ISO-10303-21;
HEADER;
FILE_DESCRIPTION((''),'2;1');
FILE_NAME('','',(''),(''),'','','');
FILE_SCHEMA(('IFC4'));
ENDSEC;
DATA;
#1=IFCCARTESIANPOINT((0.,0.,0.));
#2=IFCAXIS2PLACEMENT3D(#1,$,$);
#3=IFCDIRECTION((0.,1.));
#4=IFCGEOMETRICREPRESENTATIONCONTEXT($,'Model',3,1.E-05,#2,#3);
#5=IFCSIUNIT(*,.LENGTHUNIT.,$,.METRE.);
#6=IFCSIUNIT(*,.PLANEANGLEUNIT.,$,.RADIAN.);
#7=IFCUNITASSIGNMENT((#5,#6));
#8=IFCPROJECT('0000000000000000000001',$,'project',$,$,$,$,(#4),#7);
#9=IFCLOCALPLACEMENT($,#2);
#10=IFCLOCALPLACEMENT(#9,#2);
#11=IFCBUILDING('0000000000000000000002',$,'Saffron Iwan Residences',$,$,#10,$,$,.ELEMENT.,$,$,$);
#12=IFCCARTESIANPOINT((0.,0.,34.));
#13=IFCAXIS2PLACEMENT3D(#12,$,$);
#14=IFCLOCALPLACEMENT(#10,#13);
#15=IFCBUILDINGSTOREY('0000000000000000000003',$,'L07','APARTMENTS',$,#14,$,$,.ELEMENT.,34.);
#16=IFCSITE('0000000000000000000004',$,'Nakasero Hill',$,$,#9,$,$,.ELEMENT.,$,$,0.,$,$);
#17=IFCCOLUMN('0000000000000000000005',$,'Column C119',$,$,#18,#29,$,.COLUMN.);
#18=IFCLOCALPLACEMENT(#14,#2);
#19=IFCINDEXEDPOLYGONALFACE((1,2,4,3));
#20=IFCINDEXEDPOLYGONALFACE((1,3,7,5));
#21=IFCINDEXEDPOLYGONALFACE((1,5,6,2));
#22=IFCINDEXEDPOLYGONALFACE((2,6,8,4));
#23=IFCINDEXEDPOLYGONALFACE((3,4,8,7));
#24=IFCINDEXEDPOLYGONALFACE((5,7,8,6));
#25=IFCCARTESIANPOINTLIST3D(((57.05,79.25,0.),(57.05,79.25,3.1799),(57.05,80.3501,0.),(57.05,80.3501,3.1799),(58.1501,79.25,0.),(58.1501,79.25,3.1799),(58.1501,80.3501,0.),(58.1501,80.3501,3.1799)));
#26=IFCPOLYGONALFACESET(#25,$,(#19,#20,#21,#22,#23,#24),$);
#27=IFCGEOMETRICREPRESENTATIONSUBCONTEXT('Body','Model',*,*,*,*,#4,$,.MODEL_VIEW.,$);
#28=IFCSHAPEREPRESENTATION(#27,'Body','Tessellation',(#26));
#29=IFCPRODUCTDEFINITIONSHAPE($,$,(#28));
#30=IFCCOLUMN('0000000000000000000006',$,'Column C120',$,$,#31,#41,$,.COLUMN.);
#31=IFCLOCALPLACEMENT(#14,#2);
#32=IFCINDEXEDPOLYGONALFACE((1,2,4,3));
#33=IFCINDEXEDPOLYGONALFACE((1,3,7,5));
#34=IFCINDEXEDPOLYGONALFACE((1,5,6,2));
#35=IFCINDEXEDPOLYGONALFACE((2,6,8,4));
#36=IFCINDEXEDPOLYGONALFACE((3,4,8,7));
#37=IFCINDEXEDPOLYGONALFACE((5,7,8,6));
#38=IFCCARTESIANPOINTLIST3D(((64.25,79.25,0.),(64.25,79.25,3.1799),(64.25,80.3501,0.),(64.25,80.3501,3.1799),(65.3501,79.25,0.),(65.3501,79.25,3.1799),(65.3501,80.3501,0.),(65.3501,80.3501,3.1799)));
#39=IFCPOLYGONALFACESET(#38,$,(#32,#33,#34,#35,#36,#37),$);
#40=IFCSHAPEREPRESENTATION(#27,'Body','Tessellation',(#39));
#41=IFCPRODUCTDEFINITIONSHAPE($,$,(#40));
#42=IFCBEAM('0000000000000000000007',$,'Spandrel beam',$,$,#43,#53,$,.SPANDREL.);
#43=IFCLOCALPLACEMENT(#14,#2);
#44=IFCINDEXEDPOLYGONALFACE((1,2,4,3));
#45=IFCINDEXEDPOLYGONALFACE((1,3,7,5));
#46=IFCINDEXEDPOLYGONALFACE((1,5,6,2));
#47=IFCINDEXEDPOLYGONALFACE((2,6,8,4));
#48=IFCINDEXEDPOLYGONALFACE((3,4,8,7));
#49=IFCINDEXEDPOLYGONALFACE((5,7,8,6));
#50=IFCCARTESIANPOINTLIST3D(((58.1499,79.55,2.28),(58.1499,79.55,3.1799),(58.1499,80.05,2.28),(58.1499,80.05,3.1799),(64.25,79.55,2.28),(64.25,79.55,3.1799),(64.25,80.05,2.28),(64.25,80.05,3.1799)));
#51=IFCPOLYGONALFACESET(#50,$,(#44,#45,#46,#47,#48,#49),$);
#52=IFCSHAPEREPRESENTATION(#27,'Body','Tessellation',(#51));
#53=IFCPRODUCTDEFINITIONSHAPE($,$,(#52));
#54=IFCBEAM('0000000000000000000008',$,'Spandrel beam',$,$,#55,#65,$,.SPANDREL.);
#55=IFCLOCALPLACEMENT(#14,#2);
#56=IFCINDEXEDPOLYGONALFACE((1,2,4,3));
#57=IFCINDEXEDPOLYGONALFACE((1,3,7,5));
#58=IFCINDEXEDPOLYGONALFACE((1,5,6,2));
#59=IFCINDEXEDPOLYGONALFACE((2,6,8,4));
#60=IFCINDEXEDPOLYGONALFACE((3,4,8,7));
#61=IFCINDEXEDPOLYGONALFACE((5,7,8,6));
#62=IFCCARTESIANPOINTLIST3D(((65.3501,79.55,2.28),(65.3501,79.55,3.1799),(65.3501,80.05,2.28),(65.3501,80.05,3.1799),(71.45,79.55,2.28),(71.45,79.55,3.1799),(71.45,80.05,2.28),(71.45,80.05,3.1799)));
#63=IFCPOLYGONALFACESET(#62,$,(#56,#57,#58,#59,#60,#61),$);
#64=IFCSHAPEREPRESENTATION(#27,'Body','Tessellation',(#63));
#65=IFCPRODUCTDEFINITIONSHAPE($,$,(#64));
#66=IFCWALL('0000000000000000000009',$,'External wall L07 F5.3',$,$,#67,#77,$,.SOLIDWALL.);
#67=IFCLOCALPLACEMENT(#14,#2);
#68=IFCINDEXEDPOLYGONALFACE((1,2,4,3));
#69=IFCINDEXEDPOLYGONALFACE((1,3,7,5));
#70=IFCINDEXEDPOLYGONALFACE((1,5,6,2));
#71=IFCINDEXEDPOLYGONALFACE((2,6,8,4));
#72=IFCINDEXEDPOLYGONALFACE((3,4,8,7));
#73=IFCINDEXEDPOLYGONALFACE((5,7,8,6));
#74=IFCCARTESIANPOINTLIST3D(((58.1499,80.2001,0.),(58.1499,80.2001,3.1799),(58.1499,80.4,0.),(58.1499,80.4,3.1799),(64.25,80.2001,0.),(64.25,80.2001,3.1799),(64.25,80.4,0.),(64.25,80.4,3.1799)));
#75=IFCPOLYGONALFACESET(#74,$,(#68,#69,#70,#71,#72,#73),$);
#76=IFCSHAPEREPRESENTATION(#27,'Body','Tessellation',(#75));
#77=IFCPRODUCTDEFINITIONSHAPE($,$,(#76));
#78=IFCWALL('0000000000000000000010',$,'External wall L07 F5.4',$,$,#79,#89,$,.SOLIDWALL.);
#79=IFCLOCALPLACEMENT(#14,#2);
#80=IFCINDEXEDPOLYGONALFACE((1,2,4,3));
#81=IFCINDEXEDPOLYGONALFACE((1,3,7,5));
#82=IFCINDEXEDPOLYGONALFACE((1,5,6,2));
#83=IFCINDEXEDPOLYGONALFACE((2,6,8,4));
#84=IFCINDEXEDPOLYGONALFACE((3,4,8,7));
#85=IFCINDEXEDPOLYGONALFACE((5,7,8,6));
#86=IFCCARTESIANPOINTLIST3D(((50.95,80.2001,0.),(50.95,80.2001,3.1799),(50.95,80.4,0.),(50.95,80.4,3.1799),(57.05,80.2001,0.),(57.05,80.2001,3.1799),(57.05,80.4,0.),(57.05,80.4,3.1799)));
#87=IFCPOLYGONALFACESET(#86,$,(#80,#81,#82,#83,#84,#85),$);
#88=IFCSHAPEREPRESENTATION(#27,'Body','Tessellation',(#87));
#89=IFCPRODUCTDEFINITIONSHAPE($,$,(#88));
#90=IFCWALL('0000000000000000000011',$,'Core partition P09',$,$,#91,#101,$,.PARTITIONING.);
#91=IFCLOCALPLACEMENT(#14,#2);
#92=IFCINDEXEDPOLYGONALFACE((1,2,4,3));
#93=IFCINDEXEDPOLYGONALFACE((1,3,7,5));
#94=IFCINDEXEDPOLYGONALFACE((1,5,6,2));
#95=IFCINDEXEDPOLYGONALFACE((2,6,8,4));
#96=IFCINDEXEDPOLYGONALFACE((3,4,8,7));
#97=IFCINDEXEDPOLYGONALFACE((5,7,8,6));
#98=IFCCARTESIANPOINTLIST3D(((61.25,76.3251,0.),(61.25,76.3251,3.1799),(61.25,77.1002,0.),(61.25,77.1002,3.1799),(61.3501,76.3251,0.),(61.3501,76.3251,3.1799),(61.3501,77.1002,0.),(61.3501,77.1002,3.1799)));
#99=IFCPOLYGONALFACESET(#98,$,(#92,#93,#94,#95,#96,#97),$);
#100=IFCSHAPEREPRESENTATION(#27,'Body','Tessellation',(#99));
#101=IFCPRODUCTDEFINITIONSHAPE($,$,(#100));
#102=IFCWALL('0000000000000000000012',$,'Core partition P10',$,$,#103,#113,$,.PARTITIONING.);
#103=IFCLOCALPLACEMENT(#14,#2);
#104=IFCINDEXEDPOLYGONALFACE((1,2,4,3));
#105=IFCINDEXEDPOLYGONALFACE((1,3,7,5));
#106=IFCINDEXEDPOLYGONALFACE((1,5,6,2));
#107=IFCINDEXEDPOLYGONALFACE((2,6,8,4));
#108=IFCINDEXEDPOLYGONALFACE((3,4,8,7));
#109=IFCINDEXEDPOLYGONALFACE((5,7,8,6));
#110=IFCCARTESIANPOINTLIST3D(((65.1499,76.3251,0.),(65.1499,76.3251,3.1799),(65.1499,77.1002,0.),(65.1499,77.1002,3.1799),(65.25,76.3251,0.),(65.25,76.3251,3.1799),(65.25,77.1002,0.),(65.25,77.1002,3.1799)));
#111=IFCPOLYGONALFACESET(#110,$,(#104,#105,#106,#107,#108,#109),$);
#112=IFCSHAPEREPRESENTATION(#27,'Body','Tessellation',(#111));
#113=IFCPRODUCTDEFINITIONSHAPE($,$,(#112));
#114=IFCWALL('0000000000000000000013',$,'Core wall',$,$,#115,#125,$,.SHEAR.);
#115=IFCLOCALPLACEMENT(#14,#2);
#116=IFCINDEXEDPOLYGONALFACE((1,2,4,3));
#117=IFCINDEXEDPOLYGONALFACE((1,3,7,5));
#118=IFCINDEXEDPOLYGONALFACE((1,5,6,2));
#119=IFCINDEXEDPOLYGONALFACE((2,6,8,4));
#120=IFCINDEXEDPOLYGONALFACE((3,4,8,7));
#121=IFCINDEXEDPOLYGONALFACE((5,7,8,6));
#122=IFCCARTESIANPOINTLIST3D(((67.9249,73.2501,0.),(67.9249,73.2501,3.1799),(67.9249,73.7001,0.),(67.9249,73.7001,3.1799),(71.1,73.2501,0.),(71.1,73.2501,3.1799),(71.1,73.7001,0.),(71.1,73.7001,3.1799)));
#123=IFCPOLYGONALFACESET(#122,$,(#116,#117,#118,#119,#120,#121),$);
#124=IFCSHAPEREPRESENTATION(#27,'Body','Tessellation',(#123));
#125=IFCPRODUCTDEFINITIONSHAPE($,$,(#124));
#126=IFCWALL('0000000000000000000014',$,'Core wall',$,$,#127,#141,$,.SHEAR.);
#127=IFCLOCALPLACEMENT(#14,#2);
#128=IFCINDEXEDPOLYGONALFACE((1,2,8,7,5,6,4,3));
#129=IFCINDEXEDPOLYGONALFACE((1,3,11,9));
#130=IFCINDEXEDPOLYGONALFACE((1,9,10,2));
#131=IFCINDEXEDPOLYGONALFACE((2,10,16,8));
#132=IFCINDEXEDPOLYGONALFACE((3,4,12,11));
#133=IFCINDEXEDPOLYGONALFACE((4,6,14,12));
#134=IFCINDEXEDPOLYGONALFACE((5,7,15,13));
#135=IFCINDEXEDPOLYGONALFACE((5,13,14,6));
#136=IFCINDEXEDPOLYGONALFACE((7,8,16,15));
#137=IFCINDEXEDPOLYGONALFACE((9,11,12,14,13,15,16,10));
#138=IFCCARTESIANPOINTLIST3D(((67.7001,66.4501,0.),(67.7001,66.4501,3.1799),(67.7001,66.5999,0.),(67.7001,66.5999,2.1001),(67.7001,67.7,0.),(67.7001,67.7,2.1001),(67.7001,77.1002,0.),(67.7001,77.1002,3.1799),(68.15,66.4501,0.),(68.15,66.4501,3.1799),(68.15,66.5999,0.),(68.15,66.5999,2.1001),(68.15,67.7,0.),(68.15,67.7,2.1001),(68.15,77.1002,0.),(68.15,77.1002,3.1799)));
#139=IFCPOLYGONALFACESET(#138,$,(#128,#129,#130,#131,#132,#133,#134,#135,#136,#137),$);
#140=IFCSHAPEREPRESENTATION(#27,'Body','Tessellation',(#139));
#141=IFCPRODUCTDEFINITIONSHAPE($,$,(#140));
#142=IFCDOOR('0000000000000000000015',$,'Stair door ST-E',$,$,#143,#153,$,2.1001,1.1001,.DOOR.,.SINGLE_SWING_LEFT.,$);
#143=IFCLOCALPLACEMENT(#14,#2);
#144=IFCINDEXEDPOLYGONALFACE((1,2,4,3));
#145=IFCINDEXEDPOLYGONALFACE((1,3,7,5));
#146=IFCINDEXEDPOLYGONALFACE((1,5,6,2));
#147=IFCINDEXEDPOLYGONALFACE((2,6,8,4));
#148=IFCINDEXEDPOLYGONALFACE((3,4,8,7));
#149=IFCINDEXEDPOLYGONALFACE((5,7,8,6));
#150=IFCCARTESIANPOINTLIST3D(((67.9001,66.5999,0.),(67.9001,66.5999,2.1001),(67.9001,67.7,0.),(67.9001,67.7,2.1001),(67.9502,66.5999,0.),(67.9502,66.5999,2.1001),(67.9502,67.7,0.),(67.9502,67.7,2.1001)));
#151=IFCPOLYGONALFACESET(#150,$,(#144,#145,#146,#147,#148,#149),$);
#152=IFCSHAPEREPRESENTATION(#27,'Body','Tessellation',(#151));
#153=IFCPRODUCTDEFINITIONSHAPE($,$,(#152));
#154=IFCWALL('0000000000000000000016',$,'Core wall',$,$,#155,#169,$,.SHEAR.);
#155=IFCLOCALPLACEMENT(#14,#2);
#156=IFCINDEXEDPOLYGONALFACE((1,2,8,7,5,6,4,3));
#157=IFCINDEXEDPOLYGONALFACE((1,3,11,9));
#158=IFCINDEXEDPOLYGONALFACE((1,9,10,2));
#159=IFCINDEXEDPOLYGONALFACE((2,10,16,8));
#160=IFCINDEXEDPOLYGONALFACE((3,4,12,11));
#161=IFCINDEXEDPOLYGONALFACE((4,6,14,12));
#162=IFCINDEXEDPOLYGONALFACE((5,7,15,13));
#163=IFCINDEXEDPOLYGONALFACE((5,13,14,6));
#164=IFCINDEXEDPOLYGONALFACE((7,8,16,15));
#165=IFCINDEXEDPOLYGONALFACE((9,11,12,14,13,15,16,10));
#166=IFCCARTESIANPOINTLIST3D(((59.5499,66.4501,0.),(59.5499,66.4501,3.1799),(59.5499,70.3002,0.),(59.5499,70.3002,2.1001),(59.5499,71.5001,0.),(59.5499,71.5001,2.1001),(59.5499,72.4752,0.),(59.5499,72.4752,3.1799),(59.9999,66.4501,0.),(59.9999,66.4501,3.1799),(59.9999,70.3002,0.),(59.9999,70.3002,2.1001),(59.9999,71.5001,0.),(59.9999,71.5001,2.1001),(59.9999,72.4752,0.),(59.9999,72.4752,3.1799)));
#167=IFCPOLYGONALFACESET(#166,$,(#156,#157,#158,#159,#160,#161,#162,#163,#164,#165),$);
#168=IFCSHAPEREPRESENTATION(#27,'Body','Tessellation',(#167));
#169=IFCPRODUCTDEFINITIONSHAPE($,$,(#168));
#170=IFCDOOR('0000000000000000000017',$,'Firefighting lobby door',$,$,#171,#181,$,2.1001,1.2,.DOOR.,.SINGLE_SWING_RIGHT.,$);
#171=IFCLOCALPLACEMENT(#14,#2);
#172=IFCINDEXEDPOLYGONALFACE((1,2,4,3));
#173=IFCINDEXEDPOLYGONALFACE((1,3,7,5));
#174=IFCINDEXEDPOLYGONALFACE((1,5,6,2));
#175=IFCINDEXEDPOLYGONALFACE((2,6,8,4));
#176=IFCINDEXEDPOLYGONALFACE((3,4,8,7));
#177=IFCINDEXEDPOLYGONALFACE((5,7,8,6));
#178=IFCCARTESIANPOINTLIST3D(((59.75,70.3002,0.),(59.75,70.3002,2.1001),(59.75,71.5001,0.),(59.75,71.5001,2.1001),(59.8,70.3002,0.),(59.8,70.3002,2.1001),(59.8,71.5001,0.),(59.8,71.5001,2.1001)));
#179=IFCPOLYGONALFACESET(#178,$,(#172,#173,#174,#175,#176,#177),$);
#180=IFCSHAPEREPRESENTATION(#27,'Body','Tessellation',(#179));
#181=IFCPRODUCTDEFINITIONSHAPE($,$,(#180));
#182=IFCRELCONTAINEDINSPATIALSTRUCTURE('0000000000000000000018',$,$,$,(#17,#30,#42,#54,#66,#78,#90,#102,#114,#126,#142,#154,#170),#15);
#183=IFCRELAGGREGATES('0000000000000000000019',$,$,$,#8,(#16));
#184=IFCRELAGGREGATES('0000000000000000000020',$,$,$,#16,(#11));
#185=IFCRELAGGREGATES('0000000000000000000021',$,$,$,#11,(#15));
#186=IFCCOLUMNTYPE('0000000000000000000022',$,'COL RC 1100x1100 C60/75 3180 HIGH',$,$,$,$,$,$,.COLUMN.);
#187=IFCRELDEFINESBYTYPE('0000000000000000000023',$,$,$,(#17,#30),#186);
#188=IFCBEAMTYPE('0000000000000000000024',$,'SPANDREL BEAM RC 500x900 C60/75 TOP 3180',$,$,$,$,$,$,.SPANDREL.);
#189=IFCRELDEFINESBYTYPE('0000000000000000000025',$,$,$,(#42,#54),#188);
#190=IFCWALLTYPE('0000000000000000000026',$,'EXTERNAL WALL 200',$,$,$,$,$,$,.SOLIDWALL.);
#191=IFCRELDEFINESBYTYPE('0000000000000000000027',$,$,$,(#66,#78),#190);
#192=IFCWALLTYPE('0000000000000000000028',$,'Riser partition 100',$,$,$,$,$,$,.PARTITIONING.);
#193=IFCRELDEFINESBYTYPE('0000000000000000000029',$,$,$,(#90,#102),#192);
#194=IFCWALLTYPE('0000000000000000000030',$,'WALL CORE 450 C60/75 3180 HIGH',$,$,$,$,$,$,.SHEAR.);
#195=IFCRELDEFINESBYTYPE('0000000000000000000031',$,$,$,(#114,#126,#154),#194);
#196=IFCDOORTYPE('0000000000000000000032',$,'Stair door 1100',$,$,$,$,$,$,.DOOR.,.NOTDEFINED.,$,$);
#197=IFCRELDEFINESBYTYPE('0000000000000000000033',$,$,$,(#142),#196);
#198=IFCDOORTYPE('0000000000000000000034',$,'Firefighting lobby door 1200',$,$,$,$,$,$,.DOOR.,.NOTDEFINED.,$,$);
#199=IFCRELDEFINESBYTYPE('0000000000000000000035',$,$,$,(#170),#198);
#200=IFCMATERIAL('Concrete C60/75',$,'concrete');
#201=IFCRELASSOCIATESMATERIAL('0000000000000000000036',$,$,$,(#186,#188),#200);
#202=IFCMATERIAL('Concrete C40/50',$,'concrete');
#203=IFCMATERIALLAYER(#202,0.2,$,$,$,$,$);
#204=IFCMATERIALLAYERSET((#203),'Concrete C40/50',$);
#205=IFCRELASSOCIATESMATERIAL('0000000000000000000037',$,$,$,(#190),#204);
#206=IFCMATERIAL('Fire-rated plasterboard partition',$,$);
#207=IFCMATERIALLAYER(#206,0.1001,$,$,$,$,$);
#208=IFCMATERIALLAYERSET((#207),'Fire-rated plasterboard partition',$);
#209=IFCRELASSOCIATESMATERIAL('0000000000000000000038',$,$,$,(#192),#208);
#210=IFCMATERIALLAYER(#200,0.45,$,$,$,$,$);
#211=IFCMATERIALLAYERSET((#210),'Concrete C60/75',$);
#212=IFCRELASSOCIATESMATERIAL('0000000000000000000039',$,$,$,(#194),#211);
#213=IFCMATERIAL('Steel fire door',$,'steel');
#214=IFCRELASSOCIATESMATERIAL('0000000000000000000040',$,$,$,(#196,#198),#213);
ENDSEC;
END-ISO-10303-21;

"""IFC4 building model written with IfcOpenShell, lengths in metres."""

from ifc_helpers import new_model, si_unit, direction, frame, frame_2d, origin, origin_2d, place, context, subcontext, project, spatial, rectangle, extrude, source, transform, mapped, material, layer, layer_set, material_profile, profile_set, type_object, element, fill, save


model = new_model("IFC4")

# Units and contexts
model_context = context("Model", 3, precision=1e-05, world=origin(), true_north=direction((0.0, 1.0)))
body_context = subcontext(model_context, "Body", "Model", "MODEL_VIEW")
ifc_project = project(units=[si_unit("LENGTHUNIT", "METRE"), si_unit("PLANEANGLEUNIT", "RADIAN")], contexts=[model_context])

# Site, building, storey
site_placement = place(None, origin())
site = spatial("IfcSite", under=ifc_project, at=site_placement, Name="Nakasero Hill", CompositionType="ELEMENT", RefElevation=0.0)
building_placement = place(site_placement, origin())
building = spatial("IfcBuilding", under=site, at=building_placement, Name="Saffron Iwan Residences", CompositionType="ELEMENT")
storey_placement = place(building_placement, frame((0.0, 0.0, 34.0)))
storey = spatial("IfcBuildingStorey", under=building, at=storey_placement, Name="L07", Description="APARTMENTS", CompositionType="ELEMENT", Elevation=34.0)

# Columns
ifc_material_1 = material(Name="Concrete C60/75", Category="concrete")
ifc_material_profile_1 = material_profile(ifc_material_1, rectangle(XDim=1.1001, YDim=1.1001, at=origin_2d()), Name="RC 1100x1100")
ifc_profile_set_1 = profile_set([ifc_material_profile_1], Name="Concrete C60/75")
column_type = type_object("IfcColumnType", Name="COL RC 1100x1100 C60/75 3180 HIGH", PredefinedType="COLUMN", material=ifc_profile_set_1)
shared_shape_1 = source(origin(), body_context, "Body", "SweptSolid", [
    extrude(rectangle(XDim=1.1001, YDim=1.1001, at=origin_2d()), origin(), (0.0, 0.0, 1.0), 3.1799),
])
for number, where, z_axis, x_axis, name in (
    (1, (57.6001, 79.8, 0.0), (0.0, 0.0, 1.0), (1.0, 0.0, 0.0), "Column C119"),
    (2, (64.8, 79.8, 0.0), (0.0, 0.0, 1.0), (1.0, 0.0, 0.0), "Column C120"),
):
    element("IfcColumn", number, at=place(storey_placement, frame(where, z_axis=z_axis, x_axis=x_axis)), inside=storey, type_object=column_type, Name=name, PredefinedType="COLUMN", context=body_context, shape_type="MappedRepresentation", body=[
        mapped(shared_shape_1, transform((0.0, 0.0, 0.0))),
    ])

# Beams
ifc_material_profile_2 = material_profile(ifc_material_1, rectangle(XDim=0.5, YDim=0.8999, at=origin_2d()), Name="RC 500x900")
ifc_profile_set_2 = profile_set([ifc_material_profile_2], Name="Concrete C60/75")
beam_type = type_object("IfcBeamType", Name="SPANDREL BEAM RC 500x900 C60/75 TOP 3180", PredefinedType="SPANDREL", material=ifc_profile_set_2)
shared_shape_2 = source(origin(), body_context, "Body", "SweptSolid", [
    extrude(rectangle(XDim=0.5, YDim=0.8999, at=origin_2d()), origin(), (0.0, 0.0, 1.0), 6.1001),
])
beam_1_placement = place(storey_placement, frame((58.1499, 79.8, 2.73), z_axis=(1.0, 0.0, 0.0), x_axis=(0.0, 1.0, 0.0)))
element("IfcBeam", 3, at=beam_1_placement, inside=storey, type_object=beam_type, Name="Spandrel beam", PredefinedType="SPANDREL", context=body_context, shape_type="MappedRepresentation", body=[
    mapped(shared_shape_2, transform((0.0, 0.0, 0.0))),
])
shared_shape_3 = source(origin(), body_context, "Body", "SweptSolid", [
    extrude(rectangle(XDim=0.5, YDim=0.8999, at=origin_2d()), origin(), (0.0, 0.0, 1.0), 6.0999),
])
beam_2_placement = place(storey_placement, frame((65.3501, 79.8, 2.73), z_axis=(1.0, 0.0, 0.0), x_axis=(0.0, 1.0, 0.0)))
element("IfcBeam", 4, at=beam_2_placement, inside=storey, type_object=beam_type, Name="Spandrel beam", PredefinedType="SPANDREL", context=body_context, shape_type="MappedRepresentation", body=[
    mapped(shared_shape_3, transform((0.0, 0.0, 0.0))),
])

# Walls
ifc_material_2 = material(Name="Concrete C40/50", Category="concrete")
ifc_layer_1 = layer(ifc_material_2, 0.2)
ifc_layer_set_1 = layer_set([ifc_layer_1], Name="Concrete C40/50")
wall_type_1 = type_object("IfcWallType", Name="EXTERNAL WALL 200", PredefinedType="SOLIDWALL", material=ifc_layer_set_1)
for number, where, z_axis, x_axis, name in (
    (5, (64.25, 80.3, 0.0), (0.0, 0.0, 1.0), (-1.0, 0.0, 0.0), "External wall L07 F5.3"),
    (6, (57.05, 80.3, 0.0), (0.0, 0.0, 1.0), (-1.0, 0.0, 0.0), "External wall L07 F5.4"),
):
    element("IfcWall", number, at=place(storey_placement, frame(where, z_axis=z_axis, x_axis=x_axis)), inside=storey, type_object=wall_type_1, Name=name, PredefinedType="SOLIDWALL", context=body_context, shape_type="SweptSolid", body=[
        extrude(rectangle(XDim=6.1001, YDim=0.2, at=frame_2d((3.05, 0.0))), origin(), (0.0, 0.0, 1.0), 3.1799),
    ])
ifc_material_3 = material(Name="Fire-rated plasterboard partition")
ifc_layer_2 = layer(ifc_material_3, 0.1001)
ifc_layer_set_2 = layer_set([ifc_layer_2], Name="Fire-rated plasterboard partition")
wall_type_2 = type_object("IfcWallType", Name="Riser partition 100", PredefinedType="PARTITIONING", material=ifc_layer_set_2)
for number, where, z_axis, x_axis, name in (
    (7, (61.3, 76.325, 0.0), (0.0, 0.0, 1.0), (0.0, 1.0, 0.0), "Core partition P09"),
    (8, (65.2, 76.325, 0.0), (0.0, 0.0, 1.0), (0.0, 1.0, 0.0), "Core partition P10"),
):
    element("IfcWall", number, at=place(storey_placement, frame(where, z_axis=z_axis, x_axis=x_axis)), inside=storey, type_object=wall_type_2, Name=name, PredefinedType="PARTITIONING", context=body_context, shape_type="SweptSolid", body=[
        extrude(rectangle(XDim=0.7751, YDim=0.1001, at=frame_2d((0.3877, 0.0))), origin(), (0.0, 0.0, 1.0), 3.1799),
    ])
ifc_layer_3 = layer(ifc_material_1, 0.45)
ifc_layer_set_3 = layer_set([ifc_layer_3], Name="Concrete C60/75")
wall_type_3 = type_object("IfcWallType", Name="WALL CORE 450 C60/75 3180 HIGH", PredefinedType="SHEAR", material=ifc_layer_set_3)
wall_1_placement = place(storey_placement, frame((67.925, 73.4751, 0.0), z_axis=(0.0, 0.0, 1.0), x_axis=(1.0, 0.0, 0.0)))
element("IfcWall", 9, at=wall_1_placement, inside=storey, type_object=wall_type_3, Name="Core wall", PredefinedType="SHEAR", context=body_context, shape_type="SweptSolid", body=[
    extrude(rectangle(XDim=3.175, YDim=0.45, at=frame_2d((1.5874, 0.0))), origin(), (0.0, 0.0, 1.0), 3.1799),
])

# Walls, openings, doors
wall_2_placement = place(storey_placement, frame((67.925, 66.45, 0.0), z_axis=(0.0, 0.0, 1.0), x_axis=(0.0, 1.0, 0.0)))
wall_2 = element("IfcWall", 10, at=wall_2_placement, inside=storey, type_object=wall_type_3, Name="Core wall", PredefinedType="SHEAR", context=body_context, shape_type="SweptSolid", body=[
    extrude(rectangle(XDim=10.6501, YDim=0.45, at=frame_2d((5.3252, 0.0))), origin(), (0.0, 0.0, 1.0), 3.1799),
])
opening_1_placement = place(wall_2_placement, frame((0.1499, 0.0, 0.0)))
opening_1 = element("IfcOpeningElement", 11, at=opening_1_placement, cuts=wall_2, PredefinedType="OPENING", context=body_context, shape_type="SweptSolid", body=[
    extrude(rectangle(XDim=1.1001, YDim=2.1001, at=frame_2d((0.55, 1.05))), frame((0.0, 0.2349, 0.0), z_axis=(0.0, -1.0, 0.0), x_axis=(1.0, 0.0, 0.0)), (0.0, 0.0, 1.0), 0.47),
])
ifc_material_4 = material(Name="Steel fire door", Category="steel")
door_type_1 = type_object("IfcDoorType", Name="Stair door 1100", OperationType="NOTDEFINED", PredefinedType="DOOR", material=ifc_material_4)
door_1_placement = place(opening_1_placement, origin())
door_1 = element("IfcDoor", 12, at=door_1_placement, inside=storey, type_object=door_type_1, Name="Stair door ST-E", OperationType="SINGLE_SWING_LEFT", OverallHeight=2.1001, OverallWidth=1.1001, PredefinedType="DOOR", context=body_context, shape_type="SweptSolid", body=[
    extrude(rectangle(XDim=1.1001, YDim=2.1001, at=frame_2d((0.55, 1.05))), frame((0.0, 0.0249, 0.0), z_axis=(0.0, -1.0, 0.0), x_axis=(1.0, 0.0, 0.0)), (0.0, 0.0, 1.0), 0.05),
])
fill(opening_1, door_1)
wall_3_placement = place(storey_placement, frame((59.7749, 66.45, 0.0), z_axis=(0.0, 0.0, 1.0), x_axis=(0.0, 1.0, 0.0)))
wall_3 = element("IfcWall", 13, at=wall_3_placement, inside=storey, type_object=wall_type_3, Name="Core wall", PredefinedType="SHEAR", context=body_context, shape_type="SweptSolid", body=[
    extrude(rectangle(XDim=6.0251, YDim=0.45, at=frame_2d((3.0127, 0.0))), origin(), (0.0, 0.0, 1.0), 3.1799),
])
opening_2_placement = place(wall_3_placement, frame((3.8501, 0.0, 0.0)))
opening_2 = element("IfcOpeningElement", 14, at=opening_2_placement, cuts=wall_3, PredefinedType="OPENING", context=body_context, shape_type="SweptSolid", body=[
    extrude(rectangle(XDim=1.2, YDim=2.1001, at=frame_2d((0.6001, 1.05))), frame((0.0, 0.2349, 0.0), z_axis=(0.0, -1.0, 0.0), x_axis=(1.0, 0.0, 0.0)), (0.0, 0.0, 1.0), 0.47),
])
door_type_2 = type_object("IfcDoorType", Name="Firefighting lobby door 1200", OperationType="NOTDEFINED", PredefinedType="DOOR", material=ifc_material_4)
door_2_placement = place(opening_2_placement, origin())
door_2 = element("IfcDoor", 15, at=door_2_placement, inside=storey, type_object=door_type_2, Name="Firefighting lobby door", OperationType="SINGLE_SWING_RIGHT", OverallHeight=2.1001, OverallWidth=1.2, PredefinedType="DOOR", context=body_context, shape_type="SweptSolid", body=[
    extrude(rectangle(XDim=1.2, YDim=2.1001, at=frame_2d((0.6001, 1.05))), frame((0.0, 0.0249, 0.0), z_axis=(0.0, -1.0, 0.0), x_axis=(1.0, 0.0, 0.0)), (0.0, 0.0, 1.0), 0.05),
])
fill(opening_2, door_2)

save(model, "model.ifc")
